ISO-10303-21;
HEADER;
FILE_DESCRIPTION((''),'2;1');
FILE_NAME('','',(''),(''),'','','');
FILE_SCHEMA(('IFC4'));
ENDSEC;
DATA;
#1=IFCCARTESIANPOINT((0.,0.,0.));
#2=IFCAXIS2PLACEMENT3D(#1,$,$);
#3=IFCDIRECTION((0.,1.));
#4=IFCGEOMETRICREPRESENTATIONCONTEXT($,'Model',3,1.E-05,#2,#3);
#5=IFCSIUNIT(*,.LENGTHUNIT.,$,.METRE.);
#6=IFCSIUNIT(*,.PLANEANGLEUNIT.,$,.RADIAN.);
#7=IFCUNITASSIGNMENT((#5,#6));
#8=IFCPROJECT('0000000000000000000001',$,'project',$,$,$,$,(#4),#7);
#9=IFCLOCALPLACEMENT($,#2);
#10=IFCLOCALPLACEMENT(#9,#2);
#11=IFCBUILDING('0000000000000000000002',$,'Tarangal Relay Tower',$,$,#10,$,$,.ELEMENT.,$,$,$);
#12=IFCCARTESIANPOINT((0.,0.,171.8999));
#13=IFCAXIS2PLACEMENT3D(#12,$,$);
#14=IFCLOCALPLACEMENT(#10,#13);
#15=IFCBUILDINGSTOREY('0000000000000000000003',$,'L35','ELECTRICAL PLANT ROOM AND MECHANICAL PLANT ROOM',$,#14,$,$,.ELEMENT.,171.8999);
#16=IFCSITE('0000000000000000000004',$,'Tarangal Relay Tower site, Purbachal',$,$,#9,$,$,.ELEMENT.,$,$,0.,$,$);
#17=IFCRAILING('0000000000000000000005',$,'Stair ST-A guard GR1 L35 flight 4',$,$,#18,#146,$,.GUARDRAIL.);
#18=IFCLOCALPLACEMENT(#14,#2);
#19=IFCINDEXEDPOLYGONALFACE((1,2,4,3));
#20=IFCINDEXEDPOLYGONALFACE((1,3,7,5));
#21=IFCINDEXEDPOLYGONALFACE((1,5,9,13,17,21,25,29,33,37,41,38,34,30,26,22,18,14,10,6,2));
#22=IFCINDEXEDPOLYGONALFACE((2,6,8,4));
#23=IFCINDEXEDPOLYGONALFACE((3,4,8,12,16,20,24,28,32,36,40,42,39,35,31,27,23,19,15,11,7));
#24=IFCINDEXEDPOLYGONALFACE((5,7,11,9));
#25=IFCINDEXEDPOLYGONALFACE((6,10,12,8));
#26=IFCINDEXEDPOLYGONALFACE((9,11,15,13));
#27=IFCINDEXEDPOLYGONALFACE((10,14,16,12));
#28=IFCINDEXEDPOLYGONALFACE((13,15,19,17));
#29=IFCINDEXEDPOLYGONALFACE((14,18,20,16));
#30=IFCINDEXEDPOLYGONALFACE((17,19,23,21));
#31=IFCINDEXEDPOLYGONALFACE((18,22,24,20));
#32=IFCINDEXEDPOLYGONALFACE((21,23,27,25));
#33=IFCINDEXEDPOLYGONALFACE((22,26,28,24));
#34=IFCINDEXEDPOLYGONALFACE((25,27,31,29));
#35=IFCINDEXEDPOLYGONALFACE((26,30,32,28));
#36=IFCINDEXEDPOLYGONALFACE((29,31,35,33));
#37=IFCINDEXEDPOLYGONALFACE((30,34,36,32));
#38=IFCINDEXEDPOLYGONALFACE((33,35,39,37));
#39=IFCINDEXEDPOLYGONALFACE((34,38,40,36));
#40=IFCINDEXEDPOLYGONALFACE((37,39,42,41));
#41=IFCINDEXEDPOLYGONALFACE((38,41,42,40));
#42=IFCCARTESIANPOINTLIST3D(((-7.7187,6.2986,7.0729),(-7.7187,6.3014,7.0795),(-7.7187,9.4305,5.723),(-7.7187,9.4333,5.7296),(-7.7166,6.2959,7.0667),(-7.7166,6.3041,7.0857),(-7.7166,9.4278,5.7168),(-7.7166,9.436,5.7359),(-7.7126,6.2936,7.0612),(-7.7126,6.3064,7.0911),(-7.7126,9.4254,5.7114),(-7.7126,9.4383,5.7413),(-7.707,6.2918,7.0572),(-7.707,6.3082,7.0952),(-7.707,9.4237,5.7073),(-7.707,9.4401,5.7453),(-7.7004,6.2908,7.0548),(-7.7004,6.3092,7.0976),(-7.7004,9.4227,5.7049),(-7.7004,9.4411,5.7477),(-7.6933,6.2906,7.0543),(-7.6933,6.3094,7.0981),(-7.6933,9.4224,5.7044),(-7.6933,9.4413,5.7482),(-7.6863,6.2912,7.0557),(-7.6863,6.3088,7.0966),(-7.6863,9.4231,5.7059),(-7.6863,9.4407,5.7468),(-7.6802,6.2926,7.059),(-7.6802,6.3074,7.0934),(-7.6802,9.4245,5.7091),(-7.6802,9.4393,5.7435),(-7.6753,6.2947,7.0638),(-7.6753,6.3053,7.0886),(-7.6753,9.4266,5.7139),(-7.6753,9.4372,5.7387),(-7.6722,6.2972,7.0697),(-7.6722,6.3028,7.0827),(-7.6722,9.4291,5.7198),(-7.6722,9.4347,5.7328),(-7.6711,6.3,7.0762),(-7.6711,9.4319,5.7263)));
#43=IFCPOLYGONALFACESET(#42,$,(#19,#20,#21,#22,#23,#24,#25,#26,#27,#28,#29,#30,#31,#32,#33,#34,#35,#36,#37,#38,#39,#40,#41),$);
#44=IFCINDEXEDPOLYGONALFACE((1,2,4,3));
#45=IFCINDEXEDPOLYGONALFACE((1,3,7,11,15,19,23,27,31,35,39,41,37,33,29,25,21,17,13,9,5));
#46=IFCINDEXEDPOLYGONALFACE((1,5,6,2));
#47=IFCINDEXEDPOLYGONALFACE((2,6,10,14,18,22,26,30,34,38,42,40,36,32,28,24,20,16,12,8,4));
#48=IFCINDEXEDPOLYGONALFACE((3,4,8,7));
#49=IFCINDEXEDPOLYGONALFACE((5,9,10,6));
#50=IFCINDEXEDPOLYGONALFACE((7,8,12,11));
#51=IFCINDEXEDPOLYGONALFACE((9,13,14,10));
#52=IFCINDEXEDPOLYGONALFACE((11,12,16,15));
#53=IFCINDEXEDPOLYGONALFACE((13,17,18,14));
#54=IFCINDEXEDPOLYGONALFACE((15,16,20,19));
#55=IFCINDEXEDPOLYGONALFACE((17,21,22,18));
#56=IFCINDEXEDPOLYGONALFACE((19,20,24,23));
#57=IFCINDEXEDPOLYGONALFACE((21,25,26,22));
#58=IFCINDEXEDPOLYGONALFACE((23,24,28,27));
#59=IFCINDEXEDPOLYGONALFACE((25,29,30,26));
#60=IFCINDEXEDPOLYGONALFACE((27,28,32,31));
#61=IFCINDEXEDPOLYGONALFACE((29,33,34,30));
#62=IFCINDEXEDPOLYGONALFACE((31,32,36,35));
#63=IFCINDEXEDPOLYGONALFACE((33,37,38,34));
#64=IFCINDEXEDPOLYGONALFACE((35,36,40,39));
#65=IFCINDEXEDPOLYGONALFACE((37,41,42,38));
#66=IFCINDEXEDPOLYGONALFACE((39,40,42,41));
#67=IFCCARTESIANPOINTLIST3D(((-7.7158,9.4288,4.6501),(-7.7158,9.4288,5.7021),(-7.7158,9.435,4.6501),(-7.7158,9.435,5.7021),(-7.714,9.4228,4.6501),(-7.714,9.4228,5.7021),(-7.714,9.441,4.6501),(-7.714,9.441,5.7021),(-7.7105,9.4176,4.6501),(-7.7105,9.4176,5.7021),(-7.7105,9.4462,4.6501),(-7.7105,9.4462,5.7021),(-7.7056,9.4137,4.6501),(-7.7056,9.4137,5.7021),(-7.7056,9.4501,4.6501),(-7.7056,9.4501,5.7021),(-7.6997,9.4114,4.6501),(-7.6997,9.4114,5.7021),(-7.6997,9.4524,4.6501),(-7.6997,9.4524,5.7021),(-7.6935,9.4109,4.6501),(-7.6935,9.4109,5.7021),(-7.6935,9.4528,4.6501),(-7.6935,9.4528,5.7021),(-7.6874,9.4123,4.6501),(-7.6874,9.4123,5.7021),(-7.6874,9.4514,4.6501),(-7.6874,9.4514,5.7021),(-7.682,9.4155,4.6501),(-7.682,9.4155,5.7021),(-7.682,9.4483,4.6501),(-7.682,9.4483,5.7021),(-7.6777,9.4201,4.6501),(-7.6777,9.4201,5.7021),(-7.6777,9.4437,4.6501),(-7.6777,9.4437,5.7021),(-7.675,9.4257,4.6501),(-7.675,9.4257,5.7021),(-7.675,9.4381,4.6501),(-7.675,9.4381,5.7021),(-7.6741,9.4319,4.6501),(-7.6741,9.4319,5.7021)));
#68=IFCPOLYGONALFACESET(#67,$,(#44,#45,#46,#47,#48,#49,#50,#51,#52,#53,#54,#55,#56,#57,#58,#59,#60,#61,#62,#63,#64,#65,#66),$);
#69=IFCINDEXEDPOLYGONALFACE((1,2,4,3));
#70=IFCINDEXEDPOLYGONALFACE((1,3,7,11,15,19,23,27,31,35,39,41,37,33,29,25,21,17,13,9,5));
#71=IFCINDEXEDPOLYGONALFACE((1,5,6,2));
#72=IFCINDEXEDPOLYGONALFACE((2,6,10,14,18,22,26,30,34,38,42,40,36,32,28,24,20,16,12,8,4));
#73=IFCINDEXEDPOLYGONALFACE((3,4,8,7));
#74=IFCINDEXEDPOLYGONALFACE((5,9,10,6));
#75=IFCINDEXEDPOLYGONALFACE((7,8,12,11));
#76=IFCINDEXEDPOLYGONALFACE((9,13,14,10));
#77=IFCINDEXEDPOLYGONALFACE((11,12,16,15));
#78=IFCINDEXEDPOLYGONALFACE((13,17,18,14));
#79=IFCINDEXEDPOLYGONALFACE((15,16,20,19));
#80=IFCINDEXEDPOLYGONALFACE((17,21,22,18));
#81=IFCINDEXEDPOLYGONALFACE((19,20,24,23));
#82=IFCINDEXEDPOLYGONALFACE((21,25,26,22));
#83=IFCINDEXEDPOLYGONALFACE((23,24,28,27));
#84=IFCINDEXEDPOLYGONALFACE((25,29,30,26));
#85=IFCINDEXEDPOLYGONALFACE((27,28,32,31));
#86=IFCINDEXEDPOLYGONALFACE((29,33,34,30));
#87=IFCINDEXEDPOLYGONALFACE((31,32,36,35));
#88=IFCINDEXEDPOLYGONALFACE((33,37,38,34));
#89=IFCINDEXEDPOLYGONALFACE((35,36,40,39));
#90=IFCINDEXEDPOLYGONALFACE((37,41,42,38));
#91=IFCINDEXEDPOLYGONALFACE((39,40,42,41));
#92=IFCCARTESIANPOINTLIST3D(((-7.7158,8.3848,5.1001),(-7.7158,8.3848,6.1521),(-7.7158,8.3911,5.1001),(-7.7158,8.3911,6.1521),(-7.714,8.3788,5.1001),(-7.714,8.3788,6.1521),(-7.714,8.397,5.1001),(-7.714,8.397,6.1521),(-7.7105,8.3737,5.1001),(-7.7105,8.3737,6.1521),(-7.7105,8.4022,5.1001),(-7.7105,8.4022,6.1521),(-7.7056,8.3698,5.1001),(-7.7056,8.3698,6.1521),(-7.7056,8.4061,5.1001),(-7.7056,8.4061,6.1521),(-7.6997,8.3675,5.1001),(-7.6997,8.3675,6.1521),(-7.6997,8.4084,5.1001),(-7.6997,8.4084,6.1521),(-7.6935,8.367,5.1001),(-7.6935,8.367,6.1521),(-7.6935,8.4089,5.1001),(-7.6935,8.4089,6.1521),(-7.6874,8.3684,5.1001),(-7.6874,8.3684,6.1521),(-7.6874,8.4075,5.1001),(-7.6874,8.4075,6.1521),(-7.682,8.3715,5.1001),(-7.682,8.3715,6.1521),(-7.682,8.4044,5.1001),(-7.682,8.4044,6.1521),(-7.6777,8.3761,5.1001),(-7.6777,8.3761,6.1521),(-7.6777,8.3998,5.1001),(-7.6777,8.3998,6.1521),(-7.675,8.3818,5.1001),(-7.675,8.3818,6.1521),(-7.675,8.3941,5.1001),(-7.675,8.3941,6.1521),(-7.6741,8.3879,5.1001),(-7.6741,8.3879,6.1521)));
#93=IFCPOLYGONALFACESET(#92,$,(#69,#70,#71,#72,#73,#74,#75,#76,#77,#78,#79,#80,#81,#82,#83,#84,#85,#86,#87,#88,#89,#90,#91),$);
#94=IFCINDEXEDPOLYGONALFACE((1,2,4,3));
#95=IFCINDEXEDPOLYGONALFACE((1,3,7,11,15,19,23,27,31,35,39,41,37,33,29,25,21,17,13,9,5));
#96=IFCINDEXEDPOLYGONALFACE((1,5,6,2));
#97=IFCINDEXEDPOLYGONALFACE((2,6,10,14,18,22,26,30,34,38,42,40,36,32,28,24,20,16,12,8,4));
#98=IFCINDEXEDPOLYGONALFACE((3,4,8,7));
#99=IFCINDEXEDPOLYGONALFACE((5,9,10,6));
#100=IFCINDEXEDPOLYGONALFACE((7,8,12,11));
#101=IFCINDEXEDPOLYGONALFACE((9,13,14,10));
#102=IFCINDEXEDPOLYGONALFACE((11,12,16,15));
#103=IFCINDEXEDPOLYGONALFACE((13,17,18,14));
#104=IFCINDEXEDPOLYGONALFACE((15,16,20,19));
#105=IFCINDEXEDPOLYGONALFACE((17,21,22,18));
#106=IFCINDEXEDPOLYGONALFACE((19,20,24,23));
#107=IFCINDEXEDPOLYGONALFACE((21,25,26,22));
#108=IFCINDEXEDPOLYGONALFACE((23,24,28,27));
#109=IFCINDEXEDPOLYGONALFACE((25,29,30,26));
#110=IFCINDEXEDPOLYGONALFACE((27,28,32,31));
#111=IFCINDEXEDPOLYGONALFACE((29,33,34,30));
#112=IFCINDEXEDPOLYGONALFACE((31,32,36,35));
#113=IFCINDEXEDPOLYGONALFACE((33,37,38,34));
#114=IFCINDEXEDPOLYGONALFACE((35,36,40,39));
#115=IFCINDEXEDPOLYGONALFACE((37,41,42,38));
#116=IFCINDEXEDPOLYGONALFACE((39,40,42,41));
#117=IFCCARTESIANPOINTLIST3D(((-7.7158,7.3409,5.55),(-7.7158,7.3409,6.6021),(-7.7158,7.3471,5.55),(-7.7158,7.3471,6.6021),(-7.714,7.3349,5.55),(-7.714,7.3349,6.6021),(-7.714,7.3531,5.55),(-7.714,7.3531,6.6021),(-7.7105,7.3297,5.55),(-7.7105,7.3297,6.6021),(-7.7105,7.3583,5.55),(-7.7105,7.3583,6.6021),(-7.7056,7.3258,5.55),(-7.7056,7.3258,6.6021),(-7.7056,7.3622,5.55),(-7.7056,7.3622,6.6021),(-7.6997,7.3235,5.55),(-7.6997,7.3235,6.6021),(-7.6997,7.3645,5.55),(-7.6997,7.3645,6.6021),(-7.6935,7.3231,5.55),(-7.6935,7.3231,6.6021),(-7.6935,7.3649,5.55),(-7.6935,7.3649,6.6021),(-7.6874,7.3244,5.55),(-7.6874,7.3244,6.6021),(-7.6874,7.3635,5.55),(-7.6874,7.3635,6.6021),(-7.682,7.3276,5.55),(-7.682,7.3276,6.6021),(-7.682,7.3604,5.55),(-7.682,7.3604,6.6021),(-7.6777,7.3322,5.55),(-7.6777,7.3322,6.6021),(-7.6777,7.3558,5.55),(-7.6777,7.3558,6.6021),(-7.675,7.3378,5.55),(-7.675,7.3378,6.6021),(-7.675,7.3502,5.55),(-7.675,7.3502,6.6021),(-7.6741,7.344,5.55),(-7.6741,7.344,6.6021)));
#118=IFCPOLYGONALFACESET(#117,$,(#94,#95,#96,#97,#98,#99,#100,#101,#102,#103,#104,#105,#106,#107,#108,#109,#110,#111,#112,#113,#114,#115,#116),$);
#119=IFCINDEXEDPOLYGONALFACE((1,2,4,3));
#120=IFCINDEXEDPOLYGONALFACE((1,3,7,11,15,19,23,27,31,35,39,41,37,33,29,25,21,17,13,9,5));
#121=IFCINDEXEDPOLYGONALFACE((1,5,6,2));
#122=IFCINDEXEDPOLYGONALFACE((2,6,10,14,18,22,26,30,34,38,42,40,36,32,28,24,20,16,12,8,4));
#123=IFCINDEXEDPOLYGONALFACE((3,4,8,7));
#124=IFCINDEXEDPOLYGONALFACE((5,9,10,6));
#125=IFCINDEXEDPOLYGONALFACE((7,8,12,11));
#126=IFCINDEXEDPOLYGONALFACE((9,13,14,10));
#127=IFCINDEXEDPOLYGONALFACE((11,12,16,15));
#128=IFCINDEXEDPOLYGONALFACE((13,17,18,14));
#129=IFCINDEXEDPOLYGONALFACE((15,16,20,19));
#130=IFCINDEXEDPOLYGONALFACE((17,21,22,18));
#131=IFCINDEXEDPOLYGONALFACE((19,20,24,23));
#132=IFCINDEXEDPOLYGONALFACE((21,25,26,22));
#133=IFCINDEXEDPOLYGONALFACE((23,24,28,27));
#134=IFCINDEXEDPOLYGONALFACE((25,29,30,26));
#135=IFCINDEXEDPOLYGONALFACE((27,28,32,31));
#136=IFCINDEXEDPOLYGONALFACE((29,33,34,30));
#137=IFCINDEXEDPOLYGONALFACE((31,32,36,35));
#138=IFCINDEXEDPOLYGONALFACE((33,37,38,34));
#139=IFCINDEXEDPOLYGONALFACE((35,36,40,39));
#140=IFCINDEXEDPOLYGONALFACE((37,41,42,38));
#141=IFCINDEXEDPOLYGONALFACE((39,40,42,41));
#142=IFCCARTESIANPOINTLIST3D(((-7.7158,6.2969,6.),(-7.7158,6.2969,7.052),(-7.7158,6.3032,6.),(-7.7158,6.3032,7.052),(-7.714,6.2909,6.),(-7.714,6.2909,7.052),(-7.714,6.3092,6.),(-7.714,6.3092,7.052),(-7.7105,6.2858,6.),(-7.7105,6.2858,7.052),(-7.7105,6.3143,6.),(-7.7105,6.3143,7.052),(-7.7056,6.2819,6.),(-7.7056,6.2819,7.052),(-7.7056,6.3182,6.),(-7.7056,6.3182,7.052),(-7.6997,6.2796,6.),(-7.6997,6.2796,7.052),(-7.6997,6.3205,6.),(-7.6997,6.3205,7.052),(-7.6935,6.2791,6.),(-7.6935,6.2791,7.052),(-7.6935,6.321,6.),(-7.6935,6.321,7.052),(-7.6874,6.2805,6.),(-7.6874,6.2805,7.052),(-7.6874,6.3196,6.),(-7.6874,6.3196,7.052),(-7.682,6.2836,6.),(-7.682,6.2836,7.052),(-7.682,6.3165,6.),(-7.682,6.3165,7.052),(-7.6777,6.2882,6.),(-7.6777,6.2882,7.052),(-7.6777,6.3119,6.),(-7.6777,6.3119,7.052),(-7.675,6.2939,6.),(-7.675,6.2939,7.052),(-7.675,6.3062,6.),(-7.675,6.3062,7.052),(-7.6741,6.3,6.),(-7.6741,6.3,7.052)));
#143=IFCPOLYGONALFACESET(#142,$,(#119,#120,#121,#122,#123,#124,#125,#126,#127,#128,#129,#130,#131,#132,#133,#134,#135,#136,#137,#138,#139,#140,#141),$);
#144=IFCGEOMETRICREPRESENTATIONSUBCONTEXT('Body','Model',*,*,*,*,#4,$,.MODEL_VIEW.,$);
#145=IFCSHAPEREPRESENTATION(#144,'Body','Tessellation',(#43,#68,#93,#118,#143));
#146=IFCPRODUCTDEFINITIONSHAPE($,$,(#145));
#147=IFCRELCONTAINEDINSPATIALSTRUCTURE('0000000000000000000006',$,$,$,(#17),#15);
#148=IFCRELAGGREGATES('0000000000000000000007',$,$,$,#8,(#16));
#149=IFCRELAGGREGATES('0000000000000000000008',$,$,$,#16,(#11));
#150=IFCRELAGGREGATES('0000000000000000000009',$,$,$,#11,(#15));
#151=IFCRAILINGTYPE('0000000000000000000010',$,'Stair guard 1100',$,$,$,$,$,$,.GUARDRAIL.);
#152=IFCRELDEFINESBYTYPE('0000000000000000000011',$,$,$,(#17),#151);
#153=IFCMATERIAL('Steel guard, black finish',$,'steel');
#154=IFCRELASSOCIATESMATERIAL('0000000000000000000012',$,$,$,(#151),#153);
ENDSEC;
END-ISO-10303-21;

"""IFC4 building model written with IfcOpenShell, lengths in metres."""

from ifc_helpers import new_model, si_unit, direction, frame, origin, origin_2d, place, context, subcontext, project, spatial, circle, extrude, material, type_object, element, save


model = new_model("IFC4")

# Units and contexts
model_context = context("Model", 3, precision=1e-05, world=origin(), true_north=direction((0.0, 1.0)))
body_context = subcontext(model_context, "Body", "Model", "MODEL_VIEW")
ifc_project = project(units=[si_unit("LENGTHUNIT", "METRE"), si_unit("PLANEANGLEUNIT", "RADIAN")], contexts=[model_context])

# Site, building, storey
site_placement = place(None, origin())
site = spatial("IfcSite", under=ifc_project, at=site_placement, Name="Tarangal Relay Tower site, Purbachal", CompositionType="ELEMENT", RefElevation=0.0)
building_placement = place(site_placement, origin())
building = spatial("IfcBuilding", under=site, at=building_placement, Name="Tarangal Relay Tower", CompositionType="ELEMENT")
storey_placement = place(building_placement, frame((0.0, 0.0, 171.8999)))
storey = spatial("IfcBuildingStorey", under=building, at=storey_placement, Name="L35", Description="ELECTRICAL PLANT ROOM AND MECHANICAL PLANT ROOM", CompositionType="ELEMENT", Elevation=171.8999)

# Railing
ifc_material_1 = material(Name="Steel guard, black finish", Category="steel")
railing_type_1 = type_object("IfcRailingType", Name="Stair guard 1100", PredefinedType="GUARDRAIL", material=ifc_material_1)
railing_1_placement = place(storey_placement, frame((-7.6951, 9.4319, 4.6501)))
element("IfcRailing", 1, at=railing_1_placement, inside=storey, type_object=railing_type_1, Name="Stair ST-A guard GR1 L35 flight 4", PredefinedType="GUARDRAIL", context=body_context, shape_type="SweptSolid", body=[
    extrude(circle(Radius=0.0239, at=origin_2d()), frame((0.0, 0.0, 1.0762), z_axis=(0.0, -0.918332, 0.395811), x_axis=(1.0, 0.0, 0.0)), (0.0, 0.0, 1.0), 3.4104),
    extrude(circle(Radius=0.021, at=origin_2d()), origin(), (0.0, 0.0, 1.0), 1.052),
    extrude(circle(Radius=0.021, at=origin_2d()), frame((0.0, -1.0439, 0.45)), (0.0, 0.0, 1.0), 1.052),
    extrude(circle(Radius=0.021, at=origin_2d()), frame((0.0, -2.0879, 0.8999)), (0.0, 0.0, 1.0), 1.052),
    extrude(circle(Radius=0.021, at=origin_2d()), frame((0.0, -3.1318, 1.3499)), (0.0, 0.0, 1.0), 1.052),
])

save(model, "model.ifc")
